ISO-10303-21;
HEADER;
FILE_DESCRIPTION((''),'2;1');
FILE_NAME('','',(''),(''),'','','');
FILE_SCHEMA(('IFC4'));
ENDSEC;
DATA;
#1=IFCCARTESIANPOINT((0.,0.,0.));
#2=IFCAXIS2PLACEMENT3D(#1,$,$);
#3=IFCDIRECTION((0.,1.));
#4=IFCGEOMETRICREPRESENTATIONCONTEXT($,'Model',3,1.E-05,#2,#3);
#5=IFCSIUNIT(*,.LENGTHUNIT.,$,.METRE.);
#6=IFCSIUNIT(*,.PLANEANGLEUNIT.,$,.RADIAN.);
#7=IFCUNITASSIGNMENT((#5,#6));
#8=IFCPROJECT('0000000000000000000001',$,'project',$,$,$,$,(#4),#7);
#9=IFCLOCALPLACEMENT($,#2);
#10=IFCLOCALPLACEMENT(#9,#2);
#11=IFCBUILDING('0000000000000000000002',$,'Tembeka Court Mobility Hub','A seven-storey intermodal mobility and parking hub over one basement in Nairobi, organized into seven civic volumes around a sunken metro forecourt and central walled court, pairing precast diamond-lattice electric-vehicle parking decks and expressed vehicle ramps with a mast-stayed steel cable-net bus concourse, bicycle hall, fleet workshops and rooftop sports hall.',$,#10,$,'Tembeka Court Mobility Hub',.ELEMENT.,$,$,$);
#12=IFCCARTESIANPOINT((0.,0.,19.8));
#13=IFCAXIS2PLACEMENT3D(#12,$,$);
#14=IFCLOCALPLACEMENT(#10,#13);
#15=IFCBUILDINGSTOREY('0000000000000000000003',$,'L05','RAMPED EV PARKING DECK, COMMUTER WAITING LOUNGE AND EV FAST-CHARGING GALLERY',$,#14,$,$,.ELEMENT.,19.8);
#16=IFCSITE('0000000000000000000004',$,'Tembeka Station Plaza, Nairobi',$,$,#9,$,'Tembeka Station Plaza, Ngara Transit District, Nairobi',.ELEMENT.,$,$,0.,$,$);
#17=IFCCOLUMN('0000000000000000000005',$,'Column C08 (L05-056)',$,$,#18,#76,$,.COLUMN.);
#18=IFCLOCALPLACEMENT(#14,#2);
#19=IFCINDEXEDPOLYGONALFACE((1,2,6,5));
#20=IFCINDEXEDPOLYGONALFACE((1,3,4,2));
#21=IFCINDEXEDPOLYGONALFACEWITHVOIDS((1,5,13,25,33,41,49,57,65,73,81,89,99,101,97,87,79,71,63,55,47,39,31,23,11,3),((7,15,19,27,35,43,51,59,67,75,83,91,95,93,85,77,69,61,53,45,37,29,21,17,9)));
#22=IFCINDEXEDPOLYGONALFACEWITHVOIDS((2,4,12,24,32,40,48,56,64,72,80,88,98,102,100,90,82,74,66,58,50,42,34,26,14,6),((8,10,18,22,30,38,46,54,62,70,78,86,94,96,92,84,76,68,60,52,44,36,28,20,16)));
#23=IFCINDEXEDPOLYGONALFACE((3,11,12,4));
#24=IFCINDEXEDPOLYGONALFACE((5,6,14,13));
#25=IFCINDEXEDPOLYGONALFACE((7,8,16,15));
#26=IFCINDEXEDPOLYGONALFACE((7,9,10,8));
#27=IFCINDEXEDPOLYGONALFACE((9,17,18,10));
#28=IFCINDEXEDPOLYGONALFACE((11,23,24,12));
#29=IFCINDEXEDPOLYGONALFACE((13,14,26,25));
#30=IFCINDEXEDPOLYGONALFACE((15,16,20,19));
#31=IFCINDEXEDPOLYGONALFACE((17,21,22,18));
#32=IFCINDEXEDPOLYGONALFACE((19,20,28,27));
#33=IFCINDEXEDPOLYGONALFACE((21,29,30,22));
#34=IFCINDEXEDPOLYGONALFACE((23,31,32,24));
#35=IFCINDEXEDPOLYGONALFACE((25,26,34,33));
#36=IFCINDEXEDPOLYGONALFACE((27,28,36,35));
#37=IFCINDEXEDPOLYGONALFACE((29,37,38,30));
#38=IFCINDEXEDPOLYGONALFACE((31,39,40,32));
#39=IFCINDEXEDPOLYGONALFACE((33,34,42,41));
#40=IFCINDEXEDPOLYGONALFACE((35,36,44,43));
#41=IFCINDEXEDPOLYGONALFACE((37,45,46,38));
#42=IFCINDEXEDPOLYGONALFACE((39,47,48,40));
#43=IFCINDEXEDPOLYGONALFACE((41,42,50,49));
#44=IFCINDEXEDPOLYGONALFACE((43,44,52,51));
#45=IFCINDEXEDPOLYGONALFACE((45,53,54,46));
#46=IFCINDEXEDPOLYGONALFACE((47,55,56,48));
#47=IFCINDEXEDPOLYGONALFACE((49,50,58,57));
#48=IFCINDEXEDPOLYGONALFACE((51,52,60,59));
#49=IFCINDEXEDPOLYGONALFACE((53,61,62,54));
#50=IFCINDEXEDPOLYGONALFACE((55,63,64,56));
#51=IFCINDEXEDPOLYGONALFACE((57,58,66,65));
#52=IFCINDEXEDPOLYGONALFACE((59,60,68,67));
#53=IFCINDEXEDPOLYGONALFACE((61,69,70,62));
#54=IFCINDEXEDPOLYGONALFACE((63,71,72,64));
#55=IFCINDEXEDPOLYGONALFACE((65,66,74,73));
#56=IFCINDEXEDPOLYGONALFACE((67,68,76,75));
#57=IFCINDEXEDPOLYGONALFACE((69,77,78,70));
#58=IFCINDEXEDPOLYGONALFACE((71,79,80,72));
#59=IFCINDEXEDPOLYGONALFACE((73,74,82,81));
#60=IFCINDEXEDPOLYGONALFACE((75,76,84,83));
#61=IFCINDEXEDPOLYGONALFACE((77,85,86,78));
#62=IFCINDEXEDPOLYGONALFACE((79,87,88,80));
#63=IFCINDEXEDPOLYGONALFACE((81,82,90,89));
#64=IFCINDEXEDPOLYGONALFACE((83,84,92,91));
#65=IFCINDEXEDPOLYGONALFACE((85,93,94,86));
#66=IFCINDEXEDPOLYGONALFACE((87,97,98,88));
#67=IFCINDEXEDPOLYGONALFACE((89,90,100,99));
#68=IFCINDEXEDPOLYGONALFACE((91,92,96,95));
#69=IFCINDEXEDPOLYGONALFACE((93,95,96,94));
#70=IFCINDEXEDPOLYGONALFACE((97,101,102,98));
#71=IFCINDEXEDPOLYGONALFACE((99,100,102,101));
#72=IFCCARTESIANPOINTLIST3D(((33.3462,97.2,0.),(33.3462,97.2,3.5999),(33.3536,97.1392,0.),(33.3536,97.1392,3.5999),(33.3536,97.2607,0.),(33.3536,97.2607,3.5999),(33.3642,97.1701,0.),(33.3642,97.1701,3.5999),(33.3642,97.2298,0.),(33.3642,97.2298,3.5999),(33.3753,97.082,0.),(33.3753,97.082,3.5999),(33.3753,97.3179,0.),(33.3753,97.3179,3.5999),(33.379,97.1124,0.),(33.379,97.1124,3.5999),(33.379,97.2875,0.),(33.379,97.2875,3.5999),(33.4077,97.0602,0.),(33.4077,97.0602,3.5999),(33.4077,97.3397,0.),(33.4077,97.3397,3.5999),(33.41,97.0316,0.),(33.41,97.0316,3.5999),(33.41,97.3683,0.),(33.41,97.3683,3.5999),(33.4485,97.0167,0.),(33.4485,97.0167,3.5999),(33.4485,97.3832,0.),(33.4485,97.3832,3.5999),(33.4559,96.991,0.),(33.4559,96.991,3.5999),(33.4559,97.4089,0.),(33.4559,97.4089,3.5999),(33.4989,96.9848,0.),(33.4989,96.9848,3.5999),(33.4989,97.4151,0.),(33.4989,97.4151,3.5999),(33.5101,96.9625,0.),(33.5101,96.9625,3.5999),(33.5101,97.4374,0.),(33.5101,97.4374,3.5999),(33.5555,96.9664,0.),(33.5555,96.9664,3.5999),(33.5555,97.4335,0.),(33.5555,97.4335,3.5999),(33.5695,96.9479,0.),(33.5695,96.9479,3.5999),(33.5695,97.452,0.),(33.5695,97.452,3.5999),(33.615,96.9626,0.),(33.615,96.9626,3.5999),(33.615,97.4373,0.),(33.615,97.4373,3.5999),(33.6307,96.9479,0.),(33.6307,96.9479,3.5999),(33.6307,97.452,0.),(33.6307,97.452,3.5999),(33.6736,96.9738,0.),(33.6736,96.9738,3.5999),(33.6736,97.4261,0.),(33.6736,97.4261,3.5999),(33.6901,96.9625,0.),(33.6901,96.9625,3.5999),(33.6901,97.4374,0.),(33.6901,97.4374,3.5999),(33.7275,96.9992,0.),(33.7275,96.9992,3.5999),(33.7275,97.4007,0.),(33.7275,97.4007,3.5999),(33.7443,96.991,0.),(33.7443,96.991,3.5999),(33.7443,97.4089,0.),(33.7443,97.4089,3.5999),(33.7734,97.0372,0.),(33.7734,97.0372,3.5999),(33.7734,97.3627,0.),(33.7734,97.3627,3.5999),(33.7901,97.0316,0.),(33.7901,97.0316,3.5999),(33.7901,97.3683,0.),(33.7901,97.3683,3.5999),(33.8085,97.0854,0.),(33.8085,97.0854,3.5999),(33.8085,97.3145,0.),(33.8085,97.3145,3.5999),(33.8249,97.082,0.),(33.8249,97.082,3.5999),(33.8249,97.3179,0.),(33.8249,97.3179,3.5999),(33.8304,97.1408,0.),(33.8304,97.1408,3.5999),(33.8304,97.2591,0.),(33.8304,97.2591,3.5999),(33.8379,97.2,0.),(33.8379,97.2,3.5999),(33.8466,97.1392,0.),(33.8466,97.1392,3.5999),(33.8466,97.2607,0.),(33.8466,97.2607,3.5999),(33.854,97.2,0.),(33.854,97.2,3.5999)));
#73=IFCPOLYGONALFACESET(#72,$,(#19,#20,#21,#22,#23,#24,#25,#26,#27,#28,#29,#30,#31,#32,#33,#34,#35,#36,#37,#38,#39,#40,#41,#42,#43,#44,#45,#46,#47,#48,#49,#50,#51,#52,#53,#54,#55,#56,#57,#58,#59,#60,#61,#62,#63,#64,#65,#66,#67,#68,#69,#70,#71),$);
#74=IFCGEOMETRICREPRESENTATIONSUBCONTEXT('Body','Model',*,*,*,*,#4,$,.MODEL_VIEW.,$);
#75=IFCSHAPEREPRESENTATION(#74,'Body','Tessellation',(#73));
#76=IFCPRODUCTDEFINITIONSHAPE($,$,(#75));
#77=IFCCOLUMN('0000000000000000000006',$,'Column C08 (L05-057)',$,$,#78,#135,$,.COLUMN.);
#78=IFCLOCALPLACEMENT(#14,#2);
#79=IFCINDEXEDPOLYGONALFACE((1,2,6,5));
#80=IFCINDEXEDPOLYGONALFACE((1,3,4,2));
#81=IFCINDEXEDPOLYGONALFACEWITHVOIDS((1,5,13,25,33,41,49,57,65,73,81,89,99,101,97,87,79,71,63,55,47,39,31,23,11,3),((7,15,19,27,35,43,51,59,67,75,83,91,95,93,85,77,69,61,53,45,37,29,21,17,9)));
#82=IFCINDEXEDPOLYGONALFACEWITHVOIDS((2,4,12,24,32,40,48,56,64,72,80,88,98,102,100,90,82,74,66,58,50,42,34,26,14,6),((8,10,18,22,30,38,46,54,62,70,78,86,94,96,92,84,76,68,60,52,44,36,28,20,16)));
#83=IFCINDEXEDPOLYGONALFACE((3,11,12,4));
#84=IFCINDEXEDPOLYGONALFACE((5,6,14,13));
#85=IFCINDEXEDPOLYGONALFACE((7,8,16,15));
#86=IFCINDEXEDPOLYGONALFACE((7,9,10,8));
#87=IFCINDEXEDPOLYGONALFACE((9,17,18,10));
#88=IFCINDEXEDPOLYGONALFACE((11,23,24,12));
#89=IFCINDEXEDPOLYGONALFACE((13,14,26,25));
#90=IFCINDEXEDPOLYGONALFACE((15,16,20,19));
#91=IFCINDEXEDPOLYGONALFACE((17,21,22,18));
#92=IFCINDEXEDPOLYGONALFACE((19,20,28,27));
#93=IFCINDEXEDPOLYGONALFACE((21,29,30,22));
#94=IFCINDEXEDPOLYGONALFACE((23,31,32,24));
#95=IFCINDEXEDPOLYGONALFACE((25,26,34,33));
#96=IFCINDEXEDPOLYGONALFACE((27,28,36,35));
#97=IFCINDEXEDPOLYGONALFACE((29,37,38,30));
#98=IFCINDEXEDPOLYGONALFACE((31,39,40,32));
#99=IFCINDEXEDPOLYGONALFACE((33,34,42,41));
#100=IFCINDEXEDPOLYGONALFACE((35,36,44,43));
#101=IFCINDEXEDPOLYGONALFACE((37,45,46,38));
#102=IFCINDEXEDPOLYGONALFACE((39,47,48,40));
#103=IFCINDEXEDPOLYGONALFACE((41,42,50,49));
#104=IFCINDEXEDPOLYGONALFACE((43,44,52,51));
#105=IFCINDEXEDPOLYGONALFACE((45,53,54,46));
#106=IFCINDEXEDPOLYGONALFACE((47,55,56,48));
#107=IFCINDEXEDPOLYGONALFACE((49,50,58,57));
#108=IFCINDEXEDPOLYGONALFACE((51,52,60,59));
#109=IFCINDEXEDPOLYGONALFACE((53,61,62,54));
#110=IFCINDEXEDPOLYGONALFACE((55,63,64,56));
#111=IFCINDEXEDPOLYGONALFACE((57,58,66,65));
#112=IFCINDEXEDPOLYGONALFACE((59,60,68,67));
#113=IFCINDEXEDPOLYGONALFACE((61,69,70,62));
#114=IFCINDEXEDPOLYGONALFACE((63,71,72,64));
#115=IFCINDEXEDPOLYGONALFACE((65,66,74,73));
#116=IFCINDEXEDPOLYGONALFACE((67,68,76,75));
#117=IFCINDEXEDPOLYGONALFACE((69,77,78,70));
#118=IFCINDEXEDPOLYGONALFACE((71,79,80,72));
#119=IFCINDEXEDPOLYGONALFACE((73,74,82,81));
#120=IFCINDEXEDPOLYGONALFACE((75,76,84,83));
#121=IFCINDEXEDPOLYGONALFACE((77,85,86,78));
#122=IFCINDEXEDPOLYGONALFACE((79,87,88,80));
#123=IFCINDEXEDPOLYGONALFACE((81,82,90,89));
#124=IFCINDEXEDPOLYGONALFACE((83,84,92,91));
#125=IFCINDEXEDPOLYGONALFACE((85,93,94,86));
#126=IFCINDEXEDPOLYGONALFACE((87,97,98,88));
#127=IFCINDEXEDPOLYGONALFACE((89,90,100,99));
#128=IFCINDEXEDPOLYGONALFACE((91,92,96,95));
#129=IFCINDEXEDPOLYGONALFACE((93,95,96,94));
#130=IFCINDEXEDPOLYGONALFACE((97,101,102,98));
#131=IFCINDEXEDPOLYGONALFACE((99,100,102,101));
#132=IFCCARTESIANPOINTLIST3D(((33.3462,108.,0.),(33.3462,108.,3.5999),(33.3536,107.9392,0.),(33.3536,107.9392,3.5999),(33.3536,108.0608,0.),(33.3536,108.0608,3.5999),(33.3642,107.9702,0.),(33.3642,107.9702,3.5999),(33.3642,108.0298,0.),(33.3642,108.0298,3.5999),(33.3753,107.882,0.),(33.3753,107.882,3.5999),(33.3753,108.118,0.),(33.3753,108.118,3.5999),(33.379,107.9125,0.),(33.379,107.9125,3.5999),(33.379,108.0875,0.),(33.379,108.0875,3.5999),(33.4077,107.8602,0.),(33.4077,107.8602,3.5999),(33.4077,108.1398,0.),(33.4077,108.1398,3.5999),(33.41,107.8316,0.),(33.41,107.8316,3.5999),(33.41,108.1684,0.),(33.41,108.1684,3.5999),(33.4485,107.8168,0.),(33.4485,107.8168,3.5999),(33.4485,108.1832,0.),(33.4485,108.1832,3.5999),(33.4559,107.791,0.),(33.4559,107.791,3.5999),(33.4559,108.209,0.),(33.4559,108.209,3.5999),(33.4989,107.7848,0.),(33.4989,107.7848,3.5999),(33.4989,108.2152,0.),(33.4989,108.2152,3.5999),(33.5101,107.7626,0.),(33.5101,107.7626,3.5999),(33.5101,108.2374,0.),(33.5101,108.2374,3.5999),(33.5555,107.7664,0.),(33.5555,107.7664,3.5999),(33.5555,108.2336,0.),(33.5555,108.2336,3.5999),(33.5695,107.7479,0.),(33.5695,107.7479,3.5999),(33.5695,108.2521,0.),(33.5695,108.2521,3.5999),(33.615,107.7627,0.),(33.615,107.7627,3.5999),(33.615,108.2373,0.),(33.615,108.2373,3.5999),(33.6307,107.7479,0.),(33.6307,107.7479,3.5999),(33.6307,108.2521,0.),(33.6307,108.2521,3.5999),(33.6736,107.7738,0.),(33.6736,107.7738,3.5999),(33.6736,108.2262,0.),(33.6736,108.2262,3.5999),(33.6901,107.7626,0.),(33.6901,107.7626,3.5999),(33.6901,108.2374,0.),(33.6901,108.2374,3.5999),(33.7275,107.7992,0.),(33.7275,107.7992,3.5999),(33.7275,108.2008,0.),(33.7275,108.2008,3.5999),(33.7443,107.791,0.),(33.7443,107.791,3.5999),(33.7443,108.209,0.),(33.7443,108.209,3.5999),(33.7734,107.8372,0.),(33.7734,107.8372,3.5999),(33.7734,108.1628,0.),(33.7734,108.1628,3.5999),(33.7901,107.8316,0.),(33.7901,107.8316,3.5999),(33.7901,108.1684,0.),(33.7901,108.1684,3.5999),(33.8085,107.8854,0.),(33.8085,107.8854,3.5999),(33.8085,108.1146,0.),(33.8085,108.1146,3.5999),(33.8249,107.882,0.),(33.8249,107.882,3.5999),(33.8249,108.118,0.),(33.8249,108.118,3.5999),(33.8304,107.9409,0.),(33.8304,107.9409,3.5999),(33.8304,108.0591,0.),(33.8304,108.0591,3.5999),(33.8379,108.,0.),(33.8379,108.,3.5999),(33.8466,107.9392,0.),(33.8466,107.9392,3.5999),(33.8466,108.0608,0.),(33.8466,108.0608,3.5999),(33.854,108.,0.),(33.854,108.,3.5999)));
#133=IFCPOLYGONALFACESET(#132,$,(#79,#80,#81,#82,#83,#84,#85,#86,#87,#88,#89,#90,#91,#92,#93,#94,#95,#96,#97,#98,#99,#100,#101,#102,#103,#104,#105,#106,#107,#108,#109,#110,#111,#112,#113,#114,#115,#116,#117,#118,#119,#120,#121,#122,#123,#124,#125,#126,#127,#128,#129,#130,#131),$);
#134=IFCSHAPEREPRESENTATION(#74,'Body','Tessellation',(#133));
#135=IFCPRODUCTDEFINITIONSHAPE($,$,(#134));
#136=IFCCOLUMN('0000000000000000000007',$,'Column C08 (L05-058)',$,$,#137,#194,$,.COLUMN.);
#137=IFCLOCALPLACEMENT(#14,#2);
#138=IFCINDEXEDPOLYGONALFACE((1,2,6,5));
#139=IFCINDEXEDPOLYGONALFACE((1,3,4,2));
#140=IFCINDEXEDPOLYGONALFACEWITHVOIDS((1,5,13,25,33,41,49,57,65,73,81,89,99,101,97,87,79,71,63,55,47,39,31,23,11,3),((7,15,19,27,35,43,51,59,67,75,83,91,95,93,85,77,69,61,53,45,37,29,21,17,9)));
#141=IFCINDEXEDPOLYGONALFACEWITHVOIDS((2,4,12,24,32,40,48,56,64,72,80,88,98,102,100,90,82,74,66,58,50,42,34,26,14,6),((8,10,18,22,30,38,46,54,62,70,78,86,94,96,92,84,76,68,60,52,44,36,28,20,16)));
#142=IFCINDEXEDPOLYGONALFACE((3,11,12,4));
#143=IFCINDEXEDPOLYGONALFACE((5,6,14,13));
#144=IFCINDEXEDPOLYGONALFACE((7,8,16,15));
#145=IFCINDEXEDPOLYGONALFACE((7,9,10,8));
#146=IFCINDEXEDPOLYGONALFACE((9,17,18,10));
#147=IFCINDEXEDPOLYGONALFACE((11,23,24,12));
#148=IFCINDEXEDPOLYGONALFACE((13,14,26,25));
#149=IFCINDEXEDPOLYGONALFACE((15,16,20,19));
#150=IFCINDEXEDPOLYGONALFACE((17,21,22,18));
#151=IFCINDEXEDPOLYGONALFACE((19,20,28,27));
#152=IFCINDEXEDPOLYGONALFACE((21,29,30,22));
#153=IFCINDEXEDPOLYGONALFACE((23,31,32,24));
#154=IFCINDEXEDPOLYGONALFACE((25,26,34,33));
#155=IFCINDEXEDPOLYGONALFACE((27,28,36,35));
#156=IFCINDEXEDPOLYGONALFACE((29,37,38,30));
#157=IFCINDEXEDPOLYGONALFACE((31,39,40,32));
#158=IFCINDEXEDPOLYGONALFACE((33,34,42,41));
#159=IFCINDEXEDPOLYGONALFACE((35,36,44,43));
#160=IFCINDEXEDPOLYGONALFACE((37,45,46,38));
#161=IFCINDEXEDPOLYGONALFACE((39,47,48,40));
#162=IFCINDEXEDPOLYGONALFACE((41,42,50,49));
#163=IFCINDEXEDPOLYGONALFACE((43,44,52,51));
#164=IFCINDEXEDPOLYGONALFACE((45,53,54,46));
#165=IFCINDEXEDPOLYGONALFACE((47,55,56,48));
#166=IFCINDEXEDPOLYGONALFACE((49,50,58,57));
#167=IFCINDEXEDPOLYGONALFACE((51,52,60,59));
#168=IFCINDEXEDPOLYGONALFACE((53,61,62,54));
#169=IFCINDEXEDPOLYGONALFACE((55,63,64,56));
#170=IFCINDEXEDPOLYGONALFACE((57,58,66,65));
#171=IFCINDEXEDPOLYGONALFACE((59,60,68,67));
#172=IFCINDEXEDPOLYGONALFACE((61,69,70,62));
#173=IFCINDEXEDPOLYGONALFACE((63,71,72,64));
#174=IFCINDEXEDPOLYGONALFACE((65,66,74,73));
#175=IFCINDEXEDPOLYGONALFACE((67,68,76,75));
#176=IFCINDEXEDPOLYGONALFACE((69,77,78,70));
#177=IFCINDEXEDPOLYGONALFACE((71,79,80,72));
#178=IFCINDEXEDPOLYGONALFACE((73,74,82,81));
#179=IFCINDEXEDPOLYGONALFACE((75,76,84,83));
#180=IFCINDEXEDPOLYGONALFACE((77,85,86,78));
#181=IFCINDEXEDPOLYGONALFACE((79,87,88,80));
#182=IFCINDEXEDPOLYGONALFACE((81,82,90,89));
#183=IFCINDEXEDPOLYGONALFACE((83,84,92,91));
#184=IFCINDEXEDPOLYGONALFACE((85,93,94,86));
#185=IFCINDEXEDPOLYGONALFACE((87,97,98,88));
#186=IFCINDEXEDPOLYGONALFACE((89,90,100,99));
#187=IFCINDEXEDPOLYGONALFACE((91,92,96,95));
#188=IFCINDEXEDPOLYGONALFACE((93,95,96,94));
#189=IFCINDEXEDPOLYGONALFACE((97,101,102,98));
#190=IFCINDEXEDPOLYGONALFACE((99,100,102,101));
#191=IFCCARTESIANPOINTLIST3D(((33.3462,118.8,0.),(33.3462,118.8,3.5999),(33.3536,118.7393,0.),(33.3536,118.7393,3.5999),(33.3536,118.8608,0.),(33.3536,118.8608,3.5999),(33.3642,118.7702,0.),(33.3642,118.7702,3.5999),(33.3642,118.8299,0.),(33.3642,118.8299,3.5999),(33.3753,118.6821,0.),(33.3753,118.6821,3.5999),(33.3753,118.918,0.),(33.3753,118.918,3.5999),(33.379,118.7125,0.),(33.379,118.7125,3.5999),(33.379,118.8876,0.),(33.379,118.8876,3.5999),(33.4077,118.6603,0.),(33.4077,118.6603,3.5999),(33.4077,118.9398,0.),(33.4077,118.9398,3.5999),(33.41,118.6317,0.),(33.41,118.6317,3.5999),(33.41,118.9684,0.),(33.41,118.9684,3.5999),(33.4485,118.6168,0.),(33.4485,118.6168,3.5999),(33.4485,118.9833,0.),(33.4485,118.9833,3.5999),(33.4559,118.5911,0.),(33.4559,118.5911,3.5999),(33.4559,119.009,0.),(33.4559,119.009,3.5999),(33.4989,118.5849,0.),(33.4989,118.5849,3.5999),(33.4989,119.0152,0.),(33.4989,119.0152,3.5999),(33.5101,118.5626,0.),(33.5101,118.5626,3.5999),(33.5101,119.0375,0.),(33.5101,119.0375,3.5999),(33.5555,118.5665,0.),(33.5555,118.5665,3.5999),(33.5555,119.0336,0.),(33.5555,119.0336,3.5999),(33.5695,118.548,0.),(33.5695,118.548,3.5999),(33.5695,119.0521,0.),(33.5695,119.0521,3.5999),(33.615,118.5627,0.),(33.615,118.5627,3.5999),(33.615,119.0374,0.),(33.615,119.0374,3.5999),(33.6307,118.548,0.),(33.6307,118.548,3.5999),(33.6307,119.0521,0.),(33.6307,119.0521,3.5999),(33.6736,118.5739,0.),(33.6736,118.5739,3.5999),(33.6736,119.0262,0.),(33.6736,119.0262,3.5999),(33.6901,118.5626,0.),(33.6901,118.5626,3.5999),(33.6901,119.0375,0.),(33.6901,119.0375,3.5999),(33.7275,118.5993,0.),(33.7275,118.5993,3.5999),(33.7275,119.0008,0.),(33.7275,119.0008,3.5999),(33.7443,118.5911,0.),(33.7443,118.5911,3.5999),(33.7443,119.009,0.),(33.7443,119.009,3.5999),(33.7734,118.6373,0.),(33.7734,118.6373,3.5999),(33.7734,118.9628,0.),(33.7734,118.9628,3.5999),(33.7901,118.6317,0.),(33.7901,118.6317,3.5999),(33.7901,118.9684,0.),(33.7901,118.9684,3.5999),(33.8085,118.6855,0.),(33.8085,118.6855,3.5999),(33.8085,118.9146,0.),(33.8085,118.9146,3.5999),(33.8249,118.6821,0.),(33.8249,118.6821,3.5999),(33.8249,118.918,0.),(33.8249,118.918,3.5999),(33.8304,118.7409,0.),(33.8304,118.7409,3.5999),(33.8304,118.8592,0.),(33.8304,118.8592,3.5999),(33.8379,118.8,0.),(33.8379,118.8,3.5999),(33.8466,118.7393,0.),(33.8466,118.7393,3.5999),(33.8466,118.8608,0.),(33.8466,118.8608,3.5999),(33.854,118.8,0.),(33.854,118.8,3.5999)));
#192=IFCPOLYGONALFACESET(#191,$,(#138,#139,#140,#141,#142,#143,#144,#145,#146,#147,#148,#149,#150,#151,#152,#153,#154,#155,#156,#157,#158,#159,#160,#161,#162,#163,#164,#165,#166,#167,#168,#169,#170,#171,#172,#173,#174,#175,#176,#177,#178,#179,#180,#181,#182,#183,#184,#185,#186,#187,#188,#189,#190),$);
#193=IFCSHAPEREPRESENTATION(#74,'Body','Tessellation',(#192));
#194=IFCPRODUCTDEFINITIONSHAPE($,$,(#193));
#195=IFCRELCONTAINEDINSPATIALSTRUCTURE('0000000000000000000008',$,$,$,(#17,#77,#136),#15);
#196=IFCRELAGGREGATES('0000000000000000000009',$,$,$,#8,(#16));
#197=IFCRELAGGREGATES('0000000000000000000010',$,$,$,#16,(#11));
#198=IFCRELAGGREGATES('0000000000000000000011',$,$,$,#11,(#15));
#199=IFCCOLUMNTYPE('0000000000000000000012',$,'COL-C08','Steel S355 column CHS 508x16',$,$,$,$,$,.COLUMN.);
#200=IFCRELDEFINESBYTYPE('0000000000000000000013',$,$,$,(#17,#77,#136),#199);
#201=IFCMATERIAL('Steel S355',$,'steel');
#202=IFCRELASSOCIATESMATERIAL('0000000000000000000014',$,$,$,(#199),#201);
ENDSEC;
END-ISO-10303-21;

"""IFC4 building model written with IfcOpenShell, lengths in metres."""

from ifc_helpers import new_model, si_unit, direction, frame, origin, origin_2d, place, context, subcontext, project, spatial, hollow_circle, extrude, material, material_profile, profile_set, type_object, element, save


model = new_model("IFC4")

# Units and contexts
model_context = context("Model", 3, precision=1e-05, world=origin(), true_north=direction((0.0, 1.0)))
body_context = subcontext(model_context, "Body", "Model", "MODEL_VIEW")
ifc_project = project(units=[si_unit("LENGTHUNIT", "METRE"), si_unit("PLANEANGLEUNIT", "RADIAN")], contexts=[model_context])

# Site, building, storey
site_placement = place(None, origin())
site = spatial("IfcSite", under=ifc_project, at=site_placement, Name="Tembeka Station Plaza, Nairobi", LongName="Tembeka Station Plaza, Ngara Transit District, Nairobi", CompositionType="ELEMENT", RefElevation=0.0)
building_placement = place(site_placement, origin())
building = spatial("IfcBuilding", under=site, at=building_placement, Name="Tembeka Court Mobility Hub", Description="A seven-storey intermodal mobility and parking hub over one basement in Nairobi, organized into seven civic volumes around a sunken metro forecourt and central walled court, pairing precast diamond-lattice electric-vehicle parking decks and expressed vehicle ramps with a mast-stayed steel cable-net bus concourse, bicycle hall, fleet workshops and rooftop sports hall.", LongName="Tembeka Court Mobility Hub", CompositionType="ELEMENT")
storey_placement = place(building_placement, frame((0.0, 0.0, 19.8)))
storey = spatial("IfcBuildingStorey", under=building, at=storey_placement, Name="L05", Description="RAMPED EV PARKING DECK, COMMUTER WAITING LOUNGE AND EV FAST-CHARGING GALLERY", CompositionType="ELEMENT", Elevation=19.8)

# Columns
ifc_material_1 = material(Name="Steel S355", Category="steel")
ifc_material_profile_1 = material_profile(ifc_material_1, hollow_circle(Radius=0.2539, WallThickness=0.0161, at=origin_2d()), Name="CHS 508x16")
ifc_profile_set_1 = profile_set([ifc_material_profile_1], Name="Steel S355")
column_type = type_object("IfcColumnType", Name="COL-C08", Description="Steel S355 column CHS 508x16", PredefinedType="COLUMN", material=ifc_profile_set_1)
for number, where, z_axis, x_axis, name in (
    (1, (33.6001, 97.2, 0.0), (0.0, 0.0, 1.0), (1.0, 0.0, 0.0), "Column C08 (L05-056)"),
    (2, (33.6001, 108.0, 0.0), (0.0, 0.0, 1.0), (1.0, 0.0, 0.0), "Column C08 (L05-057)"),
    (3, (33.6001, 118.8, 0.0), (0.0, 0.0, 1.0), (1.0, 0.0, 0.0), "Column C08 (L05-058)"),
):
    element("IfcColumn", number, at=place(storey_placement, frame(where, z_axis=z_axis, x_axis=x_axis)), inside=storey, type_object=column_type, Name=name, PredefinedType="COLUMN", context=body_context, shape_type="SweptSolid", body=[
        extrude(hollow_circle(Radius=0.2539, WallThickness=0.0161, at=origin_2d()), origin(), (0.0, 0.0, 1.0), 3.5999),
    ])

save(model, "model.ifc")
